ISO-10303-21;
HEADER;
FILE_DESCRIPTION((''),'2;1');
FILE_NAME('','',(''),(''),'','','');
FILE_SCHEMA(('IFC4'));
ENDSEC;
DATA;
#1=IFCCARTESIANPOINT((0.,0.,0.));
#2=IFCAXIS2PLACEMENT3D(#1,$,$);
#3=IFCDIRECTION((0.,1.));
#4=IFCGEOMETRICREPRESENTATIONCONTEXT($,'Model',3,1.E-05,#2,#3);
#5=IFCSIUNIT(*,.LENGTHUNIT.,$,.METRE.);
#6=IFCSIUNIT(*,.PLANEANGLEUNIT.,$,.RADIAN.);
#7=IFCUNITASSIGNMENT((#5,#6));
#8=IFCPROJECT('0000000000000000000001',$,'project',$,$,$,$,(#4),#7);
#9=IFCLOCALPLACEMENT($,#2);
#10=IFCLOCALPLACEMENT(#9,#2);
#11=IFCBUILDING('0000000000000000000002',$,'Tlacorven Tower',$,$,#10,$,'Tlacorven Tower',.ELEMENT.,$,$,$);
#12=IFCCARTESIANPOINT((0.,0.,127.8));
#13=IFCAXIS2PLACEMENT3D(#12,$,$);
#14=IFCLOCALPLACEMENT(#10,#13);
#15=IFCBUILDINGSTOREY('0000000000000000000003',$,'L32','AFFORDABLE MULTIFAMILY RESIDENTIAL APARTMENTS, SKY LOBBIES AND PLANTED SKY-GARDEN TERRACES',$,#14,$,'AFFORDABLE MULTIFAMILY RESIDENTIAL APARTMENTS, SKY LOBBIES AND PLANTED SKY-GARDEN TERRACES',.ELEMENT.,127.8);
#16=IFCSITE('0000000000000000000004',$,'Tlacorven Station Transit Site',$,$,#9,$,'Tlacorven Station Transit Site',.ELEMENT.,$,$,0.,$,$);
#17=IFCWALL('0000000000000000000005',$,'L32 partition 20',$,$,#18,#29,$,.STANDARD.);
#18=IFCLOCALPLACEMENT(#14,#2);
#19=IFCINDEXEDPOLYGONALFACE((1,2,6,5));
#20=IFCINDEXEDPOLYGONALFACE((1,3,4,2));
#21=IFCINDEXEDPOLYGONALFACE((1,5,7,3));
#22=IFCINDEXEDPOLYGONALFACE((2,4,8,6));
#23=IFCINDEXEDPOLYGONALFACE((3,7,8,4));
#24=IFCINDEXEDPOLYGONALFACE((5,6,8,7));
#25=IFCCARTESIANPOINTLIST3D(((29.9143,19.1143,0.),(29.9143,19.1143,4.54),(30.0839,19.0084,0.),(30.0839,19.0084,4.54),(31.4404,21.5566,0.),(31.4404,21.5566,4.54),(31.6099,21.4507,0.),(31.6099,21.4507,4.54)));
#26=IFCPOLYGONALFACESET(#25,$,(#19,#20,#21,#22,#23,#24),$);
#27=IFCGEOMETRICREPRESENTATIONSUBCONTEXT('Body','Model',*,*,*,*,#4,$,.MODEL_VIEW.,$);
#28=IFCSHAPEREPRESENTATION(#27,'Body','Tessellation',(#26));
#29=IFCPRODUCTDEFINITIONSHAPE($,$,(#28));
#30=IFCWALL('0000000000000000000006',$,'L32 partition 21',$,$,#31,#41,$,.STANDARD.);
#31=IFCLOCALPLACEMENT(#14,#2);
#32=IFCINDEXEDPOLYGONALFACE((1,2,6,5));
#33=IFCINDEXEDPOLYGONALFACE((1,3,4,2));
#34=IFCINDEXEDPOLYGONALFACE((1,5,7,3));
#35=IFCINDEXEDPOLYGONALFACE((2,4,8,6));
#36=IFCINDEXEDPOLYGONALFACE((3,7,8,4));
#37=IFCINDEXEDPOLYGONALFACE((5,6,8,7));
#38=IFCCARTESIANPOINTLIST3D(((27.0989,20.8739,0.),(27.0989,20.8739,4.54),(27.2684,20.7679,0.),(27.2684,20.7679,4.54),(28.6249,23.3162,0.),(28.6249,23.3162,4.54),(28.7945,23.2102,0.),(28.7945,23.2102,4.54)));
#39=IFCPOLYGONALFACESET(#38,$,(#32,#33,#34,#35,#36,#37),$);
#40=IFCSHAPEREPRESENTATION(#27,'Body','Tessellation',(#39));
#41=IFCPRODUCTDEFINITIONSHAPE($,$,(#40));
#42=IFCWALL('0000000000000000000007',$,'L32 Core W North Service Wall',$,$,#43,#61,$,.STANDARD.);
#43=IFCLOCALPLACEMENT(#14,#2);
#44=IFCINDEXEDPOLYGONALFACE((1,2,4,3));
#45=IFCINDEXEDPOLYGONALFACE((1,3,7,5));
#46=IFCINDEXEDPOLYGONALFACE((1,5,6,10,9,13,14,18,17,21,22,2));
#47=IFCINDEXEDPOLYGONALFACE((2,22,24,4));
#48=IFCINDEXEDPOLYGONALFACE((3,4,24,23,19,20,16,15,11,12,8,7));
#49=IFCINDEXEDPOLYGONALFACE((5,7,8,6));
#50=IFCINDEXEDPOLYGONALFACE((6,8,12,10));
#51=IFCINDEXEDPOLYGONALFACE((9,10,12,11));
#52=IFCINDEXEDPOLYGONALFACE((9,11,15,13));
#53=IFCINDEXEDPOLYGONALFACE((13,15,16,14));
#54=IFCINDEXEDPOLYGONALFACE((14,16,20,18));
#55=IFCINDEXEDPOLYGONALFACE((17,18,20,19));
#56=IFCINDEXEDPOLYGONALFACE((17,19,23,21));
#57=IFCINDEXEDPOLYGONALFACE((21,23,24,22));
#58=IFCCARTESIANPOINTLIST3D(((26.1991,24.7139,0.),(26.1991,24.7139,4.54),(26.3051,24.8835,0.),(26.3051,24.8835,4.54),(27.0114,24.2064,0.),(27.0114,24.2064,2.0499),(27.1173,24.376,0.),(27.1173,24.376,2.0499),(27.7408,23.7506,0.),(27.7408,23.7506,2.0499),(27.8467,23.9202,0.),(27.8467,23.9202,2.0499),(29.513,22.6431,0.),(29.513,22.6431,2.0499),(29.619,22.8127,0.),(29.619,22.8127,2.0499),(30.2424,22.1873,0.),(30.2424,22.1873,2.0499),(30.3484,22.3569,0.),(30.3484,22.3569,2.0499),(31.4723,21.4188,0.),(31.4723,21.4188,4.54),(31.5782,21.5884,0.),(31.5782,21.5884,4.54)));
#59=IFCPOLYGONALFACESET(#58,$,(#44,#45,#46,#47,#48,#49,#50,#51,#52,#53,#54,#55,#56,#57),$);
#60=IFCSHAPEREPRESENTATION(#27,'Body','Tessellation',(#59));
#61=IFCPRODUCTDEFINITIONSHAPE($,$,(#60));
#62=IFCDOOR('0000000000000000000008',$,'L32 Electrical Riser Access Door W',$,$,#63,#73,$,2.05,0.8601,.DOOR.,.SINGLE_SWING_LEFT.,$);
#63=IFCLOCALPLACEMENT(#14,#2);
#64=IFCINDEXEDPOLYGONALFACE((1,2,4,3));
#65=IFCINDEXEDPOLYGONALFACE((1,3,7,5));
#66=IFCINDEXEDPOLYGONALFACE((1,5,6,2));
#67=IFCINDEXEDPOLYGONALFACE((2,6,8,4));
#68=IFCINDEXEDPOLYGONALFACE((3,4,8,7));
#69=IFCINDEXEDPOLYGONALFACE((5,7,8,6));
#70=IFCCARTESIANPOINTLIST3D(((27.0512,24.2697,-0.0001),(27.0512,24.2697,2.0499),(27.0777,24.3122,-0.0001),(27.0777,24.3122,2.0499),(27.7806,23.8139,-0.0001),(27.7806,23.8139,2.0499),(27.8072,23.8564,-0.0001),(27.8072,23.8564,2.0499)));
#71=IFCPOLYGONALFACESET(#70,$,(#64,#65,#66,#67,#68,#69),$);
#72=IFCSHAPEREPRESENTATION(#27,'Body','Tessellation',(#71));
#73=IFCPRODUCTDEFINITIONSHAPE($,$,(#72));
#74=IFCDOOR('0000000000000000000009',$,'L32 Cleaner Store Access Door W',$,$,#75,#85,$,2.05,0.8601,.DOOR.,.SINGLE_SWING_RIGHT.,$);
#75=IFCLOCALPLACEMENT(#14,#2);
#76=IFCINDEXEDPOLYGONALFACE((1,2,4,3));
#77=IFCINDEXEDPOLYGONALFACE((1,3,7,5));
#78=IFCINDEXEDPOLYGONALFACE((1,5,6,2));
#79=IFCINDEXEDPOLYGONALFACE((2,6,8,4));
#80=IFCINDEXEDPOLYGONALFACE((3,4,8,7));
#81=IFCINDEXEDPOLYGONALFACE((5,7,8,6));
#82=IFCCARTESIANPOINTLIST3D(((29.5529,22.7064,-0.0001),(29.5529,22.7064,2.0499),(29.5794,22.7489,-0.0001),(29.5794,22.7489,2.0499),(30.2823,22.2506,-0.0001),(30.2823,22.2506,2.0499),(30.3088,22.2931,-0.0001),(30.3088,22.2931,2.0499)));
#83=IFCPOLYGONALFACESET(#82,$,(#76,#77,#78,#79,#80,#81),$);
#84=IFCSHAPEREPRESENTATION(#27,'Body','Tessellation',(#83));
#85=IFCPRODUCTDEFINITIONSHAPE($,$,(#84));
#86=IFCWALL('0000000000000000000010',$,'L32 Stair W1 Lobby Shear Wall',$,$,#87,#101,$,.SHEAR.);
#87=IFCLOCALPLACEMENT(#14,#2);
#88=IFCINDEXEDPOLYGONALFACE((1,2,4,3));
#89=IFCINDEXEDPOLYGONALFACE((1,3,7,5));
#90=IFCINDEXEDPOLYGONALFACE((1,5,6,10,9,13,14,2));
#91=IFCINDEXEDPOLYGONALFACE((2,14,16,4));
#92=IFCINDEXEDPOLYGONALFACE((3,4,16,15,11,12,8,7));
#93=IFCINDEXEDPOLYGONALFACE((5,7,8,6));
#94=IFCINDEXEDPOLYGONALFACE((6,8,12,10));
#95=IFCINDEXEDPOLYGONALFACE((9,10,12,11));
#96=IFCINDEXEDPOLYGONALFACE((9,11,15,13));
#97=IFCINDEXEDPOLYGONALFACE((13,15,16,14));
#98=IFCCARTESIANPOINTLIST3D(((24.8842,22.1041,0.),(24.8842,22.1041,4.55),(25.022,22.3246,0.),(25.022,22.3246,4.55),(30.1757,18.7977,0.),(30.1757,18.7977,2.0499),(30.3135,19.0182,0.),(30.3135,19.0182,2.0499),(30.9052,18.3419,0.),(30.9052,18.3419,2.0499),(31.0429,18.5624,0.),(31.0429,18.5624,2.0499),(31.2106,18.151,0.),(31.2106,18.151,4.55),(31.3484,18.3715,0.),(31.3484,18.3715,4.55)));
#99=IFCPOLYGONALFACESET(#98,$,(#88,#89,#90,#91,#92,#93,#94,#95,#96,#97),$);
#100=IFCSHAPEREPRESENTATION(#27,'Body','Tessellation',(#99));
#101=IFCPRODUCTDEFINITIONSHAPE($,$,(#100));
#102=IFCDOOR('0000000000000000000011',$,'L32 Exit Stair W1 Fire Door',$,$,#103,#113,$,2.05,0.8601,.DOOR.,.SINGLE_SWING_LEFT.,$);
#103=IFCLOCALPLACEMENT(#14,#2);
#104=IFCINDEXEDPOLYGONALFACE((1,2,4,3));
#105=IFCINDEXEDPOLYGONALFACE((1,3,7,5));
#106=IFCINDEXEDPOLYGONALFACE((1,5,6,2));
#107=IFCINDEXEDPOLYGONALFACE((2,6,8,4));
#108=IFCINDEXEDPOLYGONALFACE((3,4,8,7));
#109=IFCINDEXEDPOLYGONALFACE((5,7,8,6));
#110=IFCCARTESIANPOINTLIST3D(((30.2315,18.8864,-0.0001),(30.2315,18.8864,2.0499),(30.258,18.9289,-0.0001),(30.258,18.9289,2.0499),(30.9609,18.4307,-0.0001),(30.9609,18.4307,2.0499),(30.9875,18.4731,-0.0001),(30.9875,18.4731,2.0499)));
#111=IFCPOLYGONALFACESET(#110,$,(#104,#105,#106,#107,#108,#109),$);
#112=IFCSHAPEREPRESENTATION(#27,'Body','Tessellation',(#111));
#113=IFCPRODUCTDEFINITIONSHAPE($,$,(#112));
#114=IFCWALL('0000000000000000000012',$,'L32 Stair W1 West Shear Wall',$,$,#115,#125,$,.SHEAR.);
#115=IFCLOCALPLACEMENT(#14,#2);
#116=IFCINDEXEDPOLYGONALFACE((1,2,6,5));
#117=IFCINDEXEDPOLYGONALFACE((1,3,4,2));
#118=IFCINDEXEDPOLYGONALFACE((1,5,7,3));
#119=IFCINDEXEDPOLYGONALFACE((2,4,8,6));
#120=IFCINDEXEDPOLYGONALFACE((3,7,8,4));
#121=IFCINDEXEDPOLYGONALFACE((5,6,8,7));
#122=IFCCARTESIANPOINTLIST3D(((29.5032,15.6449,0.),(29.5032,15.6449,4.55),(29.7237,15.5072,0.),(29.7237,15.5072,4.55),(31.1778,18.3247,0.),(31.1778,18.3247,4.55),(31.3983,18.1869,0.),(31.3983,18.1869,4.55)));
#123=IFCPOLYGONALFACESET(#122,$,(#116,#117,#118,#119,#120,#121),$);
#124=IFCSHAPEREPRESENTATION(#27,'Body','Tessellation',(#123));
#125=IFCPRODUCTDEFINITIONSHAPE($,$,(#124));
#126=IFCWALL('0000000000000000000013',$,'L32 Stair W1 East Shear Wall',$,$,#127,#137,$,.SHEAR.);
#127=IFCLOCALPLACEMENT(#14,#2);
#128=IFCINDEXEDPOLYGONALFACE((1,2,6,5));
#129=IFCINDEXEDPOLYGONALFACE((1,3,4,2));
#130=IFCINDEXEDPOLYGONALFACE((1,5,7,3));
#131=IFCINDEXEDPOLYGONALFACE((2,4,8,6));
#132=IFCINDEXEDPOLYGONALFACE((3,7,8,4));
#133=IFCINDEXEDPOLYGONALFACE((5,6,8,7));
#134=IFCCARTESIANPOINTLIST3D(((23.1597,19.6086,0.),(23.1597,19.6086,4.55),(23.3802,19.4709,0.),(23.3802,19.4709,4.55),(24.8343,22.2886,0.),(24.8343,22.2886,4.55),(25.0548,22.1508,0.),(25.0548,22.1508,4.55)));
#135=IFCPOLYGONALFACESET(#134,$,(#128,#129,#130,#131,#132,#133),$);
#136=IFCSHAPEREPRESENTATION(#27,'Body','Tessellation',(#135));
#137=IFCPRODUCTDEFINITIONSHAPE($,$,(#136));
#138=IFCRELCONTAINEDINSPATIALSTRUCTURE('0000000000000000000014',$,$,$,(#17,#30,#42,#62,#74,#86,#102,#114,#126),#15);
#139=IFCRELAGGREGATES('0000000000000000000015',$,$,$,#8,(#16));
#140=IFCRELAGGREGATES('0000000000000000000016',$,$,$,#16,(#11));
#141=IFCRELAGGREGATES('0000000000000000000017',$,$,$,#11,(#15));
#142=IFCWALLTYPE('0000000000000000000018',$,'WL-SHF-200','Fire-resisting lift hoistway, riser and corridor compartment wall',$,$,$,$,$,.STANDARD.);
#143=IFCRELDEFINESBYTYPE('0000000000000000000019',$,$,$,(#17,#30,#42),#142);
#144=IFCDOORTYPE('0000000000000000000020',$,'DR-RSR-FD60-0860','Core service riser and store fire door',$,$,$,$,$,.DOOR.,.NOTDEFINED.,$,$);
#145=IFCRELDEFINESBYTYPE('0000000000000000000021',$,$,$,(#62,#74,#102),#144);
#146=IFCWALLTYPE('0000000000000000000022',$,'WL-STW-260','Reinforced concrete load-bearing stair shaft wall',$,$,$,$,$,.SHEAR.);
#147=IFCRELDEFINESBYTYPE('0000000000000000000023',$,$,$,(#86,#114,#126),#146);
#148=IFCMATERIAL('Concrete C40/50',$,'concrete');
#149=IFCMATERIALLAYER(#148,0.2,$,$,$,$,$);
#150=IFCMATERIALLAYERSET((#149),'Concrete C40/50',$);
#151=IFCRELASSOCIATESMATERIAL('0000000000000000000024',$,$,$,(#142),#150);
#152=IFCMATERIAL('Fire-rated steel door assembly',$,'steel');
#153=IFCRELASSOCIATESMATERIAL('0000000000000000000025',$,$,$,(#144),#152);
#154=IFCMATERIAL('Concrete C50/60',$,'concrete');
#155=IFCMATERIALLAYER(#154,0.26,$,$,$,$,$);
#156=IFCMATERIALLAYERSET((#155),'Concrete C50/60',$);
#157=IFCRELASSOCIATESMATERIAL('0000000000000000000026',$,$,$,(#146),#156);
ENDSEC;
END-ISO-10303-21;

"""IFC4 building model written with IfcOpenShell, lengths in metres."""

from ifc_helpers import new_model, si_unit, direction, frame, frame_2d, origin, place, context, subcontext, project, spatial, rectangle, extrude, source, transform, mapped, material, layer, layer_set, type_object, element, fill, save


model = new_model("IFC4")

# Units and contexts
model_context = context("Model", 3, precision=1e-05, world=origin(), true_north=direction((0.0, 1.0)))
body_context = subcontext(model_context, "Body", "Model", "MODEL_VIEW")
ifc_project = project(units=[si_unit("LENGTHUNIT", "METRE"), si_unit("PLANEANGLEUNIT", "RADIAN")], contexts=[model_context])

# Site, building, storey
site_placement = place(None, origin())
site = spatial("IfcSite", under=ifc_project, at=site_placement, Name="Tlacorven Station Transit Site", LongName="Tlacorven Station Transit Site", CompositionType="ELEMENT", RefElevation=0.0)
building_placement = place(site_placement, origin())
building = spatial("IfcBuilding", under=site, at=building_placement, Name="Tlacorven Tower", LongName="Tlacorven Tower", CompositionType="ELEMENT")
storey_placement = place(building_placement, frame((0.0, 0.0, 127.8)))
storey = spatial("IfcBuildingStorey", under=building, at=storey_placement, Name="L32", Description="AFFORDABLE MULTIFAMILY RESIDENTIAL APARTMENTS, SKY LOBBIES AND PLANTED SKY-GARDEN TERRACES", LongName="AFFORDABLE MULTIFAMILY RESIDENTIAL APARTMENTS, SKY LOBBIES AND PLANTED SKY-GARDEN TERRACES", CompositionType="ELEMENT", Elevation=127.8)

# Shared definitions
ifc_material_1 = material(Name="Fire-rated steel door assembly", Category="steel")

# Shared definitions
ifc_material_2 = material(Name="Concrete C40/50", Category="concrete")
ifc_layer_1 = layer(ifc_material_2, 0.2)
ifc_layer_set_1 = layer_set([ifc_layer_1], Name="Concrete C40/50")
wall_type_1 = type_object("IfcWallType", Name="WL-SHF-200", Description="Fire-resisting lift hoistway, riser and corridor compartment wall", PredefinedType="STANDARD", material=ifc_layer_set_1)

# Walls
for number, where, z_axis, x_axis, name in (
    (1, (31.5251, 21.5037, 0.0), (0.0, 0.0, 1.0), (-0.529907, -0.848055, 0.0), "L32 partition 20"),
    (2, (28.7097, 23.2632, 0.0), (0.0, 0.0, 1.0), (-0.529907, -0.848055, 0.0), "L32 partition 21"),
):
    element("IfcWall", number, at=place(storey_placement, frame(where, z_axis=z_axis, x_axis=x_axis)), inside=storey, type_object=wall_type_1, Name=name, PredefinedType="STANDARD", context=body_context, shape_type="SweptSolid", body=[
        extrude(rectangle(XDim=2.8799, YDim=0.2, at=frame_2d((1.4399, 0.0))), origin(), (0.0, 0.0, 1.0), 4.54),
    ])

# Wall, openings, doors
wall_1_placement = place(storey_placement, frame((31.5251, 21.5037, 0.0), z_axis=(0.0, 0.0, 1.0), x_axis=(-0.84804, 0.529932, 0.0)))
wall_1 = element("IfcWall", 3, at=wall_1_placement, inside=storey, type_object=wall_type_1, Name="L32 Core W North Service Wall", PredefinedType="STANDARD", context=body_context, shape_type="SweptSolid", body=[
    extrude(rectangle(XDim=6.218, YDim=0.2, at=frame_2d((3.1089, 0.0))), origin(), (0.0, 0.0, 1.0), 4.54),
])
opening_1_placement = place(wall_1_placement, frame((4.3999, 0.0, 0.0)))
opening_1 = element("IfcOpeningElement", 4, at=opening_1_placement, cuts=wall_1, PredefinedType="OPENING", context=body_context, shape_type="SweptSolid", body=[
    extrude(rectangle(XDim=0.8601, YDim=2.05, at=frame_2d((0.4302, 1.0249))), frame((0.0, 0.1099, 0.0), z_axis=(0.0, -1.0, 0.0), x_axis=(1.0, 0.0, 0.0)), (0.0, 0.0, 1.0), 0.22),
])
opening_2_placement = place(wall_1_placement, frame((1.45, 0.0, 0.0)))
opening_2 = element("IfcOpeningElement", 5, at=opening_2_placement, cuts=wall_1, PredefinedType="OPENING", context=body_context, shape_type="SweptSolid", body=[
    extrude(rectangle(XDim=0.8601, YDim=2.05, at=frame_2d((0.4302, 1.0249))), frame((0.0, 0.1099, 0.0), z_axis=(0.0, -1.0, 0.0), x_axis=(1.0, 0.0, 0.0)), (0.0, 0.0, 1.0), 0.22),
])
door_type_1 = type_object("IfcDoorType", Name="DR-RSR-FD60-0860", Description="Core service riser and store fire door", OperationType="NOTDEFINED", PredefinedType="DOOR", material=ifc_material_1)
shared_shape_1 = source(origin(), body_context, "Body", "SweptSolid", [
    extrude(rectangle(XDim=0.8601, YDim=2.05, at=frame_2d((0.4302, 1.0249))), frame((0.0, 0.0249, 0.0), z_axis=(0.0, -1.0, 0.0), x_axis=(1.0, 0.0, 0.0)), (0.0, 0.0, 1.0), 0.05),
])
door_1_placement = place(opening_1_placement, frame((0.8601, 0.0, 0.0), z_axis=(0.0, 0.0, 1.0), x_axis=(-1.0, 0.0, 0.0)))
door_1 = element("IfcDoor", 6, at=door_1_placement, inside=storey, type_object=door_type_1, Name="L32 Electrical Riser Access Door W", OperationType="SINGLE_SWING_LEFT", OverallHeight=2.05, OverallWidth=0.8601, PredefinedType="DOOR", context=body_context, shape_type="MappedRepresentation", body=[
    mapped(shared_shape_1, transform((0.0, 0.0, 0.0), scale=1.0)),
])
fill(opening_1, door_1)
door_2_placement = place(opening_2_placement, frame((0.8601, 0.0, 0.0), z_axis=(0.0, 0.0, 1.0), x_axis=(-1.0, 0.0, 0.0)))
door_2 = element("IfcDoor", 7, at=door_2_placement, inside=storey, type_object=door_type_1, Name="L32 Cleaner Store Access Door W", OperationType="SINGLE_SWING_RIGHT", OverallHeight=2.05, OverallWidth=0.8601, PredefinedType="DOOR", context=body_context, shape_type="MappedRepresentation", body=[
    mapped(shared_shape_1, transform((0.0, 0.0, 0.0), scale=1.0)),
])
fill(opening_2, door_2)

# Wall, opening, door
ifc_material_3 = material(Name="Concrete C50/60", Category="concrete")
ifc_layer_2 = layer(ifc_material_3, 0.26)
ifc_layer_set_2 = layer_set([ifc_layer_2], Name="Concrete C50/60")
wall_type_2 = type_object("IfcWallType", Name="WL-STW-260", Description="Reinforced concrete load-bearing stair shaft wall", PredefinedType="SHEAR", material=ifc_layer_set_2)
wall_2_placement = place(storey_placement, frame((31.2795, 18.2612, 0.0), z_axis=(0.0, 0.0, 1.0), x_axis=(-0.848052, 0.529914, 0.0)))
wall_2 = element("IfcWall", 8, at=wall_2_placement, inside=storey, type_object=wall_type_2, Name="L32 Stair W1 Lobby Shear Wall", PredefinedType="SHEAR", context=body_context, shape_type="SweptSolid", body=[
    extrude(rectangle(XDim=7.46, YDim=0.26, at=frame_2d((3.73, 0.0))), origin(), (0.0, 0.0, 1.0), 4.55),
])
opening_3_placement = place(wall_2_placement, frame((0.3601, 0.0, 0.0)))
opening_3 = element("IfcOpeningElement", 9, at=opening_3_placement, cuts=wall_2, PredefinedType="OPENING", context=body_context, shape_type="SweptSolid", body=[
    extrude(rectangle(XDim=0.8601, YDim=2.05, at=frame_2d((0.4302, 1.0249))), frame((0.0, 0.1401, 0.0), z_axis=(0.0, -1.0, 0.0), x_axis=(1.0, 0.0, 0.0)), (0.0, 0.0, 1.0), 0.28),
])
door_3_placement = place(opening_3_placement, frame((0.8601, 0.0, 0.0), z_axis=(0.0, 0.0, 1.0), x_axis=(-1.0, 0.0, 0.0)))
door_3 = element("IfcDoor", 10, at=door_3_placement, inside=storey, type_object=door_type_1, Name="L32 Exit Stair W1 Fire Door", OperationType="SINGLE_SWING_LEFT", OverallHeight=2.05, OverallWidth=0.8601, PredefinedType="DOOR", context=body_context, shape_type="MappedRepresentation", body=[
    mapped(shared_shape_1, transform((0.0, 0.0, 0.0), scale=1.0)),
])
fill(opening_3, door_3)

# Walls
wall_3_placement = place(storey_placement, frame((31.2881, 18.2559, 0.0), z_axis=(0.0, 0.0, 1.0), x_axis=(-0.529943, -0.848033, 0.0)))
element("IfcWall", 11, at=wall_3_placement, inside=storey, type_object=wall_type_2, Name="L32 Stair W1 West Shear Wall", PredefinedType="SHEAR", context=body_context, shape_type="SweptSolid", body=[
    extrude(rectangle(XDim=3.1599, YDim=0.26, at=frame_2d((1.5801, 0.0))), origin(), (0.0, 0.0, 1.0), 4.55),
])
wall_4_placement = place(storey_placement, frame((24.9446, 22.2197, 0.0), z_axis=(0.0, 0.0, 1.0), x_axis=(-0.529909, -0.848055, 0.0)))
element("IfcWall", 12, at=wall_4_placement, inside=storey, type_object=wall_type_2, Name="L32 Stair W1 East Shear Wall", PredefinedType="SHEAR", context=body_context, shape_type="SweptSolid", body=[
    extrude(rectangle(XDim=3.1602, YDim=0.26, at=frame_2d((1.5801, 0.0))), origin(), (0.0, 0.0, 1.0), 4.55),
])

save(model, "model.ifc")
